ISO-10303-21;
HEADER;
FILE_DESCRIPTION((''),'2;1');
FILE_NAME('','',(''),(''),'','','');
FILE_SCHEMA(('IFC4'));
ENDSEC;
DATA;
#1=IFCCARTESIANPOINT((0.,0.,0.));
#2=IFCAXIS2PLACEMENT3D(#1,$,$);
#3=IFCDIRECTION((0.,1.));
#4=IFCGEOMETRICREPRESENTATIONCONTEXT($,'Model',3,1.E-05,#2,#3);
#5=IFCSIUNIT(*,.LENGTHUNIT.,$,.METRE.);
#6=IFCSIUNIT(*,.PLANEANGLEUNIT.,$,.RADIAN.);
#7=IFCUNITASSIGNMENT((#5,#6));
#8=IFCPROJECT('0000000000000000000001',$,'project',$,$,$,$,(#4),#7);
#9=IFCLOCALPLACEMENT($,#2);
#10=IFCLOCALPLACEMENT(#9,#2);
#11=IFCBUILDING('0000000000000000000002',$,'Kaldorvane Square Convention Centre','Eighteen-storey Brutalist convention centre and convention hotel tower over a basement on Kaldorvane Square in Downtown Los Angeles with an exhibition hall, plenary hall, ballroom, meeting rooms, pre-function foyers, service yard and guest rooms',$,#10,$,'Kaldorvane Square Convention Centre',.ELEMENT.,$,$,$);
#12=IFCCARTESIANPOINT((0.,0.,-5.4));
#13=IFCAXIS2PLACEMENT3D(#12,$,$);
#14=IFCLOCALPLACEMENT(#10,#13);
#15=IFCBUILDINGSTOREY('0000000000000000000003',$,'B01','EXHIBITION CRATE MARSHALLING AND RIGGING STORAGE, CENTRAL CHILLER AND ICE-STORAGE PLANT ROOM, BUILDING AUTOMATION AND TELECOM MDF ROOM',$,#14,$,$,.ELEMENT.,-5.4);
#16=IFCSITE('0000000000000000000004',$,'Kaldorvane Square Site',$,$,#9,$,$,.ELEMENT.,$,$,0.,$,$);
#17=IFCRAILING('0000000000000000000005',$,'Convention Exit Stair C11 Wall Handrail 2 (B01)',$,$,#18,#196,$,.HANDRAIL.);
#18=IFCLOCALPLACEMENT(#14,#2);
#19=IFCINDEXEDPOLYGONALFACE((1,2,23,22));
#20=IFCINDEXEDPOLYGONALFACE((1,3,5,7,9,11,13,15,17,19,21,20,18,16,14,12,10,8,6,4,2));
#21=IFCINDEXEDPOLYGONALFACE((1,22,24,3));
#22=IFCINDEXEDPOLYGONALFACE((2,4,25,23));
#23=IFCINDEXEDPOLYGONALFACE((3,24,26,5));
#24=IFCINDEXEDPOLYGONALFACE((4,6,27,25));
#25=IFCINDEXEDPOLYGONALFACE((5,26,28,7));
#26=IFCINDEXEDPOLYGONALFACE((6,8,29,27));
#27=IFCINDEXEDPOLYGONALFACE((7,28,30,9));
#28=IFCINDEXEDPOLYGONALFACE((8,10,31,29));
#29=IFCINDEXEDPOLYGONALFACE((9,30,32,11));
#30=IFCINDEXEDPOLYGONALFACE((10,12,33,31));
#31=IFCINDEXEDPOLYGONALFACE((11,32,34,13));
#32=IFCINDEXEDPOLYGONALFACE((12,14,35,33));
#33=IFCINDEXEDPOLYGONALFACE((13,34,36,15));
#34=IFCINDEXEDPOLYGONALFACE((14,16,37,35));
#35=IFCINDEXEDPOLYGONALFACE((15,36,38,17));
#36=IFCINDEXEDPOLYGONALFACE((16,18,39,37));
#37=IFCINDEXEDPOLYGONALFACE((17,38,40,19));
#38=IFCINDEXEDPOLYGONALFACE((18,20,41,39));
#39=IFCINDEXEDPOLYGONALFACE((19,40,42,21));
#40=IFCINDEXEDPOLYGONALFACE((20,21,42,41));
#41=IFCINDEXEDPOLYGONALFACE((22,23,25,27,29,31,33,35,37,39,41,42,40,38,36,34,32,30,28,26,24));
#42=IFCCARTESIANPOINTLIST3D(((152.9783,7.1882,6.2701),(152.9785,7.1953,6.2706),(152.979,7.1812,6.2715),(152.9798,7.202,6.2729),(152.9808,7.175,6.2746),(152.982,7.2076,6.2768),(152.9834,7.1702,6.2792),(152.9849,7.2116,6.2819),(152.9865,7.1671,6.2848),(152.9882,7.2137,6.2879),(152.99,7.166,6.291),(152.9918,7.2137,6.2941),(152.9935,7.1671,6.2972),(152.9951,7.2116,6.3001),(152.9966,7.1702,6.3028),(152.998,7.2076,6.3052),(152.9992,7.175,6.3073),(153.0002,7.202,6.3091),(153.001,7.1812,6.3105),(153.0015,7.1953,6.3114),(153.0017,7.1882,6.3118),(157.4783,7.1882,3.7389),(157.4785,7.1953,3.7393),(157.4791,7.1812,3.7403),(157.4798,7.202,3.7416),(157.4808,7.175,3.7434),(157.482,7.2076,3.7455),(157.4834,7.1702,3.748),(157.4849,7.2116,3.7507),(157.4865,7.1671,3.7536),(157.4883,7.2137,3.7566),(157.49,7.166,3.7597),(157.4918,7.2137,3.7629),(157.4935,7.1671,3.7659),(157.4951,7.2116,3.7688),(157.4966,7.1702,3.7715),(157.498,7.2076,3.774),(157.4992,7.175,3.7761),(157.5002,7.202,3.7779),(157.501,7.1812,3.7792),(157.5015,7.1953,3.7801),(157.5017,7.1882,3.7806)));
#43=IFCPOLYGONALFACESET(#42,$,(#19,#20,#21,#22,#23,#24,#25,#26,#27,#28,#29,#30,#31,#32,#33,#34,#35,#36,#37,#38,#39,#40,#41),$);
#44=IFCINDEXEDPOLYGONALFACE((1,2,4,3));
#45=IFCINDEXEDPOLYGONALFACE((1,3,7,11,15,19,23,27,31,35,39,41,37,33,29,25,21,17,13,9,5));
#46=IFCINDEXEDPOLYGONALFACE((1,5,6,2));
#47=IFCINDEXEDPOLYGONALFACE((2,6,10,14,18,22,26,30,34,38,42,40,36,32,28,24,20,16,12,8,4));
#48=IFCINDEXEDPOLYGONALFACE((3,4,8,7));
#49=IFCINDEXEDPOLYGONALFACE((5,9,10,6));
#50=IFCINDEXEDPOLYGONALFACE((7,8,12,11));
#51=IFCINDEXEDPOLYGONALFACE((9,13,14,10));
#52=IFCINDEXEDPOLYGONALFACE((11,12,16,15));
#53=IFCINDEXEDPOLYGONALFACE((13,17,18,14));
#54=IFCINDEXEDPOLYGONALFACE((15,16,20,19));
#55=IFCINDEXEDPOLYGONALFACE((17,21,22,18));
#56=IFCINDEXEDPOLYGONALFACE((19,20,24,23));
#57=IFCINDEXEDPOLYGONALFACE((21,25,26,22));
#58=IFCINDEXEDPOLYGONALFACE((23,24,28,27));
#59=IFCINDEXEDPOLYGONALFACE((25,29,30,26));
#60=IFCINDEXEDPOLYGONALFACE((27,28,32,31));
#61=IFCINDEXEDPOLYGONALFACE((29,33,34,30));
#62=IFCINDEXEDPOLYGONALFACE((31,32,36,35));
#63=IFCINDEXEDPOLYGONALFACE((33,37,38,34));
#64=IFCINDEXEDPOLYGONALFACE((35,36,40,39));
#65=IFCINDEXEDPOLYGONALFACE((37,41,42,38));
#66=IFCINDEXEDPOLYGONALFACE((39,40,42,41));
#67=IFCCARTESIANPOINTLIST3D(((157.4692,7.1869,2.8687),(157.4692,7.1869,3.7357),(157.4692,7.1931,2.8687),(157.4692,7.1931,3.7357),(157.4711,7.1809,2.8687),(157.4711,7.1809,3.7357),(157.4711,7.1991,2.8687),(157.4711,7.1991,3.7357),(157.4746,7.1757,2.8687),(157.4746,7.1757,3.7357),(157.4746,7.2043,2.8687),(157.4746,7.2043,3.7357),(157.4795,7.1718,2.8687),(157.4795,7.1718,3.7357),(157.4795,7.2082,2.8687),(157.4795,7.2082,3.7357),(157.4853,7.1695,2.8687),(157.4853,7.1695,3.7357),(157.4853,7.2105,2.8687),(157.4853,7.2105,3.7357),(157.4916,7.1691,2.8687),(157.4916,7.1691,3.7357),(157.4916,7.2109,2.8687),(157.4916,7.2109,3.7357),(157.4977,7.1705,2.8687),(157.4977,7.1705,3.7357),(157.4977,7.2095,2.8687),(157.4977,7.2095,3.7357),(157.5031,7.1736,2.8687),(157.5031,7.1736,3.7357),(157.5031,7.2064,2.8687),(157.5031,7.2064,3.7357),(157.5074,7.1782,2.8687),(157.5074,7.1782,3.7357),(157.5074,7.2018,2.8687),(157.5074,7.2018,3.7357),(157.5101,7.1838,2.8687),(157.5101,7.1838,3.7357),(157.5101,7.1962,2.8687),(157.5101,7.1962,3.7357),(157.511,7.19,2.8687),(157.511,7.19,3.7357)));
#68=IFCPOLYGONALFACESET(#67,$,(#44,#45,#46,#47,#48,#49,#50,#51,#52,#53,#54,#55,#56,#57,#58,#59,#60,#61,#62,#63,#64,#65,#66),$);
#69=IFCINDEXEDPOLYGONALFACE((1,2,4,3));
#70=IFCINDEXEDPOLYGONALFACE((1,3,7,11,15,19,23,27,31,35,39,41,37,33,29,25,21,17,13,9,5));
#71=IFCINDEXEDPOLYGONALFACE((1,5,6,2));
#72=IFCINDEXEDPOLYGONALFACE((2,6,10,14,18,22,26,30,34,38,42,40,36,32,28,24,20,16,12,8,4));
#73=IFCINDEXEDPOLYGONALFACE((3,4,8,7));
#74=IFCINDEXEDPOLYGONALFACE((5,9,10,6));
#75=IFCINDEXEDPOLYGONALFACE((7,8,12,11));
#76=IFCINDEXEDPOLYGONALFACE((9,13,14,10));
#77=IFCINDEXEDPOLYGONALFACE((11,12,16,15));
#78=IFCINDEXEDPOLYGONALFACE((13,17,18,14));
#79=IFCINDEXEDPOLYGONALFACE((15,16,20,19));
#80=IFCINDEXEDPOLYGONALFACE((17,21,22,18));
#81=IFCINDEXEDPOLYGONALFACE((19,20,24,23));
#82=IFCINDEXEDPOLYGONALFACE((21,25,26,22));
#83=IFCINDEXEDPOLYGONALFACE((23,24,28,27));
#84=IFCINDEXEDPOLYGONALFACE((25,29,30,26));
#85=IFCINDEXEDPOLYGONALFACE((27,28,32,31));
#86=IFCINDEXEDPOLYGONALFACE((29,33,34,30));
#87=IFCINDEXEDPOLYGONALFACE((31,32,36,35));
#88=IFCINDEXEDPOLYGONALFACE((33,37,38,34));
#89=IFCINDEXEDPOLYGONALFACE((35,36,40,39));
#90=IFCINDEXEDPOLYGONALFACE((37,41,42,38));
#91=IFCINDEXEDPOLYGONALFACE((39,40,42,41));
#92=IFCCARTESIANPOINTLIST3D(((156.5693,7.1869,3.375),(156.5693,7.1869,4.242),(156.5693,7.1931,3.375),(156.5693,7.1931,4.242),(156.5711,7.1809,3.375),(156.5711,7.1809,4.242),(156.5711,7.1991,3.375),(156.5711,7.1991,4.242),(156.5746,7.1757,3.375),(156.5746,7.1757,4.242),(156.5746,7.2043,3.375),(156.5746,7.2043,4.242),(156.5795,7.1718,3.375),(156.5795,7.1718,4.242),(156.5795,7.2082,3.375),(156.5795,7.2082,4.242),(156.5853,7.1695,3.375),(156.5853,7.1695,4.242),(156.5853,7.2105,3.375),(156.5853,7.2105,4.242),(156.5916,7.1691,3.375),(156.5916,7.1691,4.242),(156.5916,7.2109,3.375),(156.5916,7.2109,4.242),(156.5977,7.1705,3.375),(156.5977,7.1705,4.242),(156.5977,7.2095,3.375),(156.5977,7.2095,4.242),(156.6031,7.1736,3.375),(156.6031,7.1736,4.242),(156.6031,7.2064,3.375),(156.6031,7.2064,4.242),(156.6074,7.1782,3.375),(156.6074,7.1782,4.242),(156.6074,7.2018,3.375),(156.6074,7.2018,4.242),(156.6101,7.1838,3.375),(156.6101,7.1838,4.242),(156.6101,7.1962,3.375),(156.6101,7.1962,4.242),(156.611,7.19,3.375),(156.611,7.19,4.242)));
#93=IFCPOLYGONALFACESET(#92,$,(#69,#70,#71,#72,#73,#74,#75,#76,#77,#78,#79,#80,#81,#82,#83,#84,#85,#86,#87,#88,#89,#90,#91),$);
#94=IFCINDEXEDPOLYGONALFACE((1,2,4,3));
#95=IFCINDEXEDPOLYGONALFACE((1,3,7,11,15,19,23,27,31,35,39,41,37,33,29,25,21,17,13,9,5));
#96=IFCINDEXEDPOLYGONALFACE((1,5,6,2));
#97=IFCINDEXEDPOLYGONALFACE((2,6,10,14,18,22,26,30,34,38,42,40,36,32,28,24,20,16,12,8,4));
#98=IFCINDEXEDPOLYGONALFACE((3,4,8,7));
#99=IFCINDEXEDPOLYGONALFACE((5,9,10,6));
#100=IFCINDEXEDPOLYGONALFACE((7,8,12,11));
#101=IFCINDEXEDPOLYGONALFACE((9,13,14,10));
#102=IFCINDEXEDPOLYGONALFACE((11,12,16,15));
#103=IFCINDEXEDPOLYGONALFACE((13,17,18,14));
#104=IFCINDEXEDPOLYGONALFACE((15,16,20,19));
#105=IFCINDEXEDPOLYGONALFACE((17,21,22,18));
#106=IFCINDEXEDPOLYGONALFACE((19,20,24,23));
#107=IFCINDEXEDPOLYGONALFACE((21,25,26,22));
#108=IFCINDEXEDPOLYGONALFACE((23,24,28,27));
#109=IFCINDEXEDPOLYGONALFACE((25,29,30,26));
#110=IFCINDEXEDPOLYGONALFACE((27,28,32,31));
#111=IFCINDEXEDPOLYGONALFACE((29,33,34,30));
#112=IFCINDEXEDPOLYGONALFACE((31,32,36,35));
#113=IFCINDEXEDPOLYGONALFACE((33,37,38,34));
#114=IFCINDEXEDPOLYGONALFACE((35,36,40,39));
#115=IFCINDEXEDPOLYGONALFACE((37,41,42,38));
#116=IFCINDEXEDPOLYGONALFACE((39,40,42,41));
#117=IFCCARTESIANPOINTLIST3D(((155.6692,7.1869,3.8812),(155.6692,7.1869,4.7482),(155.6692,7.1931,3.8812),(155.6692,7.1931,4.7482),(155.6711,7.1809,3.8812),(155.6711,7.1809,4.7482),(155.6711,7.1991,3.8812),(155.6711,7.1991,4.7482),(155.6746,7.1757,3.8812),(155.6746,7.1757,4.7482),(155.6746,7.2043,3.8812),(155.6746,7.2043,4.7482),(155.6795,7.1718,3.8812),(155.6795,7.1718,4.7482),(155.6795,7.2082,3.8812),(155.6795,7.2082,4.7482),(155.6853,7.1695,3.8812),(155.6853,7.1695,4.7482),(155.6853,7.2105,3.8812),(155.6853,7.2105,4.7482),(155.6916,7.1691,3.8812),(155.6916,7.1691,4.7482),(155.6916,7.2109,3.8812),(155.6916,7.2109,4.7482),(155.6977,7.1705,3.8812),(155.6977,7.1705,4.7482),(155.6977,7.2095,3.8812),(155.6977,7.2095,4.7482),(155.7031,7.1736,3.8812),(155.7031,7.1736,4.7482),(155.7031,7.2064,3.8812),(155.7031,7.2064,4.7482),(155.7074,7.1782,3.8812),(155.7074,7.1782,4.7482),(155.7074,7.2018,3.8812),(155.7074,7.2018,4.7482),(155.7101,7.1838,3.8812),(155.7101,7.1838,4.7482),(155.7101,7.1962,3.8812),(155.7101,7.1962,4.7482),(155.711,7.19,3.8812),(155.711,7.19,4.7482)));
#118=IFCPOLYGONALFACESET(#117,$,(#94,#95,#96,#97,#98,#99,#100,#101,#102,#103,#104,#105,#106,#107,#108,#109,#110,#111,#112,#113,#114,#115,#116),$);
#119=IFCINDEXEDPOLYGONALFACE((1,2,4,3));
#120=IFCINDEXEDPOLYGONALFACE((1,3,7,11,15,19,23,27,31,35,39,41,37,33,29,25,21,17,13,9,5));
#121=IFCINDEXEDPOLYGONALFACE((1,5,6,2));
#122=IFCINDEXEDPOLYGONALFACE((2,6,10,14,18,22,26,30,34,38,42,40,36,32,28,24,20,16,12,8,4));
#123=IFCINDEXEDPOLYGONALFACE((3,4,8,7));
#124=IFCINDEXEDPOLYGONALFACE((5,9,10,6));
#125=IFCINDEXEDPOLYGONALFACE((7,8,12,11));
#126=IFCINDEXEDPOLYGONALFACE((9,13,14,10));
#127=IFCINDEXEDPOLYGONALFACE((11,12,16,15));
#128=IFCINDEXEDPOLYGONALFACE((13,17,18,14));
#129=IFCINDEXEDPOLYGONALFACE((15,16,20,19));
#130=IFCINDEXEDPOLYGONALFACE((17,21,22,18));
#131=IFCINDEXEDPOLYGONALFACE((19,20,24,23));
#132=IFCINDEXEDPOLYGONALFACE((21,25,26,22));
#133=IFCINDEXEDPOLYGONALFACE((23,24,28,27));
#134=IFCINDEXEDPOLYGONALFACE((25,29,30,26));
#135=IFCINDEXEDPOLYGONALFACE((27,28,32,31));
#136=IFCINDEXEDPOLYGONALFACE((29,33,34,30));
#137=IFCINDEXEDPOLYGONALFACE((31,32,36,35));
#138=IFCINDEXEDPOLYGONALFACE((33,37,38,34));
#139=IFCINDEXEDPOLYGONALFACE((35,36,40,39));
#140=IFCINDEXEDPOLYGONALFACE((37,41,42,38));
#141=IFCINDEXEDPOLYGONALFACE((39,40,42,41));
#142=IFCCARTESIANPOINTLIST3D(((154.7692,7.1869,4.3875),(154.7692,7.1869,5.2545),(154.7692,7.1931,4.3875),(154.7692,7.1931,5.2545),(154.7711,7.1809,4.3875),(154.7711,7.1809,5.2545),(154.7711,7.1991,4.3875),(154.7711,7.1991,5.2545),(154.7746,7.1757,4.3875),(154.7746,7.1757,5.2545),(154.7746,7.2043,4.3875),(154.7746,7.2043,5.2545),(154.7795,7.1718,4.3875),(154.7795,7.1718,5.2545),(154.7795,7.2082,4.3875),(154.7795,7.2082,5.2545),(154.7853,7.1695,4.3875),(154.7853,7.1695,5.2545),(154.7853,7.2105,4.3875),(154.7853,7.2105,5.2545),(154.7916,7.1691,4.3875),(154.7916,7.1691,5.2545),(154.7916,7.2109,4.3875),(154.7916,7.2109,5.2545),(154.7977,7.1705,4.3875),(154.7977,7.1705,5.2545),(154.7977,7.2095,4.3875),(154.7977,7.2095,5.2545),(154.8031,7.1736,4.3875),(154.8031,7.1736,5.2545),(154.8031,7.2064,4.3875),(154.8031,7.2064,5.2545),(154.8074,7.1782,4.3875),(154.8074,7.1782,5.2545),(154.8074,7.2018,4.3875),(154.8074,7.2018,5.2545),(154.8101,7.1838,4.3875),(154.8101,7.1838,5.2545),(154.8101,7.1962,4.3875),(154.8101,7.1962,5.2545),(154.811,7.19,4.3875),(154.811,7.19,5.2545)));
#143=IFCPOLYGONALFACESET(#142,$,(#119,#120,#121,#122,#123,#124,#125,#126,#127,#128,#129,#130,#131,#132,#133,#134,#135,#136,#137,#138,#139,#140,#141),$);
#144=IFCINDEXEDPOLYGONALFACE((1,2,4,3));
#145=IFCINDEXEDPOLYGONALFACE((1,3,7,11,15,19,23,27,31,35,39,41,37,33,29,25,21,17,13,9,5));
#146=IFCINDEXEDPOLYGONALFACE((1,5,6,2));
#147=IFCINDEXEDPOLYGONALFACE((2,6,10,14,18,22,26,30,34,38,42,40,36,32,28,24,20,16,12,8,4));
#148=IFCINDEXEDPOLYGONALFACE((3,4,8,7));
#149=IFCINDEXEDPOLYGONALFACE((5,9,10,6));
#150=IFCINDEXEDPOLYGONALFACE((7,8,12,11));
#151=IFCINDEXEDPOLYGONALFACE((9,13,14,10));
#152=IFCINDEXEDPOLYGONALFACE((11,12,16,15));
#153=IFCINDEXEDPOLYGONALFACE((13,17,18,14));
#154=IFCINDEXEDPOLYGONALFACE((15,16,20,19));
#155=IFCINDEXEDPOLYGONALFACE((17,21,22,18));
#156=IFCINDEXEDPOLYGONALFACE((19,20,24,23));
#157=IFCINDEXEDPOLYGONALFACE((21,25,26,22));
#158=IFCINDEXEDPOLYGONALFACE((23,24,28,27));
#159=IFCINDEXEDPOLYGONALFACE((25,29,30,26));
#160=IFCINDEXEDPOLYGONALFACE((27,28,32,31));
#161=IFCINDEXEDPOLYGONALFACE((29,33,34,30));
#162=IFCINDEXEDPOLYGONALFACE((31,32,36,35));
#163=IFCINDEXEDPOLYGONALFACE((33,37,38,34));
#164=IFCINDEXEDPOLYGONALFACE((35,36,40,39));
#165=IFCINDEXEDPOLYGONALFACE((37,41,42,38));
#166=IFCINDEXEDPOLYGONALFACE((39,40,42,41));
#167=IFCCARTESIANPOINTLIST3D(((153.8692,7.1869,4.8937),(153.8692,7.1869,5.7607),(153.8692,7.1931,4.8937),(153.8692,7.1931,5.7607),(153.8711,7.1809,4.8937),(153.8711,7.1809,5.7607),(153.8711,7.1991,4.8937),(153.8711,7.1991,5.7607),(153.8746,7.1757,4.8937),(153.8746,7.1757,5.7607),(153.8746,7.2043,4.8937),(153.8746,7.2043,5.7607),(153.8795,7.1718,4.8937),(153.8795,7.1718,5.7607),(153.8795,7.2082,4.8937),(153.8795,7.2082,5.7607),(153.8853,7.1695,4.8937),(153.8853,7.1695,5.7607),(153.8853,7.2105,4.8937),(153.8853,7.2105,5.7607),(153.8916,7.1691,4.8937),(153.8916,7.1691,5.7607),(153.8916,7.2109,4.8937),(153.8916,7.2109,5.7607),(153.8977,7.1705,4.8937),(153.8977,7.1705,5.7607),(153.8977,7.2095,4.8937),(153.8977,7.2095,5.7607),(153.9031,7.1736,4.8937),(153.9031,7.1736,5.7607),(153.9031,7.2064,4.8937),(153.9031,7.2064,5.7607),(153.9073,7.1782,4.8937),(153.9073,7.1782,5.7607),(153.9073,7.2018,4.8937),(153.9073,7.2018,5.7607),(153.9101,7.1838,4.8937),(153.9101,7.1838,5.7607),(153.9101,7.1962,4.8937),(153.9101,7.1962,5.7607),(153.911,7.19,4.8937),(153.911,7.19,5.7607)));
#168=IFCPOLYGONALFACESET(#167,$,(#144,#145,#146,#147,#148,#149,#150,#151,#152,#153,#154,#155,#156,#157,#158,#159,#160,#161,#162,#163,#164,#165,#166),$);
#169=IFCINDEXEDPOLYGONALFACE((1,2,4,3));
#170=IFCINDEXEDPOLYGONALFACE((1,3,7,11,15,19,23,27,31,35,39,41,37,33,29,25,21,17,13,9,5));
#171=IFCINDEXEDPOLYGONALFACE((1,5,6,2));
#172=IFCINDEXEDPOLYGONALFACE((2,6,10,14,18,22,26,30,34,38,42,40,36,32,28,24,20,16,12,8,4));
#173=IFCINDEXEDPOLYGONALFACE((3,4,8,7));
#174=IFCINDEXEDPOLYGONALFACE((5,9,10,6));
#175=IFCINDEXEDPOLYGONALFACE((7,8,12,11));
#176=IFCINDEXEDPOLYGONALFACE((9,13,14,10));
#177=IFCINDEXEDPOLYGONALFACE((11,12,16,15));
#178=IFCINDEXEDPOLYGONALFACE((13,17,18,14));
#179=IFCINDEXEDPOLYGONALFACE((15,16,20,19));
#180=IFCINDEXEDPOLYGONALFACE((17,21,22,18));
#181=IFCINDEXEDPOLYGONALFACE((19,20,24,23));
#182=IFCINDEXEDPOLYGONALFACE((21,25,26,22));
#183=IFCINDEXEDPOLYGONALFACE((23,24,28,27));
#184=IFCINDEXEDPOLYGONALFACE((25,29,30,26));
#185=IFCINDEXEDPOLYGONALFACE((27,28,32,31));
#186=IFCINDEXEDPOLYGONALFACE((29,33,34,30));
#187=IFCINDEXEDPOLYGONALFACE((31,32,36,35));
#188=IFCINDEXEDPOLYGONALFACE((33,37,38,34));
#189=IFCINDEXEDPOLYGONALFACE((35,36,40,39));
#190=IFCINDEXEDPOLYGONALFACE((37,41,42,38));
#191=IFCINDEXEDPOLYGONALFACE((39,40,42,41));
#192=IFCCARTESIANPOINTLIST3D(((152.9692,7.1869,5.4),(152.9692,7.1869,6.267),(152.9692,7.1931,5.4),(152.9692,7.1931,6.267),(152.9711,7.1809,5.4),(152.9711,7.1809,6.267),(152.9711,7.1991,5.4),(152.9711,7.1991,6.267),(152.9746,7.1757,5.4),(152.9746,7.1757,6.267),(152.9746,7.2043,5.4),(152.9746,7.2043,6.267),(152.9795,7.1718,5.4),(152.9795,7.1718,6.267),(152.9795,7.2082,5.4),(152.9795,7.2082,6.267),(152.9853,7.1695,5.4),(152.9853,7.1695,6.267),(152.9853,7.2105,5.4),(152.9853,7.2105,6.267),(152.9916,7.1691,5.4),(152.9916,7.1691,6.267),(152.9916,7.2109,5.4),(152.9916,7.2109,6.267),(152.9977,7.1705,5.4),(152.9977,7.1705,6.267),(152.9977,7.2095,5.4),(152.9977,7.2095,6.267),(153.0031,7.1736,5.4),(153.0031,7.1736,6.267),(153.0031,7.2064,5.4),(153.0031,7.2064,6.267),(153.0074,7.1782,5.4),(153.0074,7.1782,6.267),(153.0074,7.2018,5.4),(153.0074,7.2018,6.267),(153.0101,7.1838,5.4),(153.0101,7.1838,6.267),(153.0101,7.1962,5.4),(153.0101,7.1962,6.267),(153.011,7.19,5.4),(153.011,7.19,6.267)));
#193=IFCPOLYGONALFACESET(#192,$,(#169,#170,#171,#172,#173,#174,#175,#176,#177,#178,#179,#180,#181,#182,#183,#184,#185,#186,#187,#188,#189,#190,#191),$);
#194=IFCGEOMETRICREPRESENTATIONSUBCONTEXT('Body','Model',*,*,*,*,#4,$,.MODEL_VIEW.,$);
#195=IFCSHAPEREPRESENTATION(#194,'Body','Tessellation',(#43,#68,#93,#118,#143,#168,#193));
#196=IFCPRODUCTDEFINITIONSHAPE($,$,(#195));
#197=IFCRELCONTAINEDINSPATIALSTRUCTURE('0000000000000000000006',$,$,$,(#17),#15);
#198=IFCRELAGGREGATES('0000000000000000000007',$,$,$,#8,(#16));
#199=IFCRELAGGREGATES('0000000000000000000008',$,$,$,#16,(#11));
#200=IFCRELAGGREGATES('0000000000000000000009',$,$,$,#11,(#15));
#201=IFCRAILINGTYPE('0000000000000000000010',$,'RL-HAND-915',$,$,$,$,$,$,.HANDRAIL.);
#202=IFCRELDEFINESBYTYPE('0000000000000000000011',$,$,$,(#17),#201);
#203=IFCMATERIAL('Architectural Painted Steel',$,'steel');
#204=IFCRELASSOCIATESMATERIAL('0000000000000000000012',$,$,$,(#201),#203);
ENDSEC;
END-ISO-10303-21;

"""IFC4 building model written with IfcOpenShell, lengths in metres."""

from ifc_helpers import new_model, si_unit, direction, frame, origin, origin_2d, place, context, subcontext, project, spatial, circle, extrude, material, type_object, element, save


model = new_model("IFC4")

# Units and contexts
model_context = context("Model", 3, precision=1e-05, world=origin(), true_north=direction((0.0, 1.0)))
body_context = subcontext(model_context, "Body", "Model", "MODEL_VIEW")
ifc_project = project(units=[si_unit("LENGTHUNIT", "METRE"), si_unit("PLANEANGLEUNIT", "RADIAN")], contexts=[model_context])

# Site, building, storey
site_placement = place(None, origin())
site = spatial("IfcSite", under=ifc_project, at=site_placement, Name="Kaldorvane Square Site", CompositionType="ELEMENT", RefElevation=0.0)
building_placement = place(site_placement, origin())
building = spatial("IfcBuilding", under=site, at=building_placement, Name="Kaldorvane Square Convention Centre", Description="Eighteen-storey Brutalist convention centre and convention hotel tower over a basement on Kaldorvane Square in Downtown Los Angeles with an exhibition hall, plenary hall, ballroom, meeting rooms, pre-function foyers, service yard and guest rooms", LongName="Kaldorvane Square Convention Centre", CompositionType="ELEMENT")
storey_placement = place(building_placement, frame((0.0, 0.0, -5.4)))
storey = spatial("IfcBuildingStorey", under=building, at=storey_placement, Name="B01", Description="EXHIBITION CRATE MARSHALLING AND RIGGING STORAGE, CENTRAL CHILLER AND ICE-STORAGE PLANT ROOM, BUILDING AUTOMATION AND TELECOM MDF ROOM", CompositionType="ELEMENT", Elevation=-5.4)

# Railing
ifc_material_1 = material(Name="Architectural Painted Steel", Category="steel")
railing_type_1 = type_object("IfcRailingType", Name="RL-HAND-915", PredefinedType="HANDRAIL", material=ifc_material_1)
railing_1_placement = place(storey_placement, frame((157.49, 7.19, 2.8687)))
element("IfcRailing", 1, at=railing_1_placement, inside=storey, type_object=railing_type_1, Name="Convention Exit Stair C11 Wall Handrail 2 (B01)", PredefinedType="HANDRAIL", context=body_context, shape_type="SweptSolid", body=[
    extrude(circle(Radius=0.024, at=origin_2d()), frame((0.0, 0.0, 0.891), z_axis=(-0.871576, 0.0, 0.490261), x_axis=(0.0, -1.0, 0.0)), (0.0, 0.0, 1.0), 5.1631),
    extrude(circle(Radius=0.021, at=origin_2d()), origin(), (0.0, 0.0, 1.0), 0.867),
    extrude(circle(Radius=0.021, at=origin_2d()), frame((-0.9, 0.0, 0.5063)), (0.0, 0.0, 1.0), 0.867),
    extrude(circle(Radius=0.021, at=origin_2d()), frame((-1.8, 0.0, 1.0125)), (0.0, 0.0, 1.0), 0.867),
    extrude(circle(Radius=0.021, at=origin_2d()), frame((-2.7, 0.0, 1.5188)), (0.0, 0.0, 1.0), 0.867),
    extrude(circle(Radius=0.021, at=origin_2d()), frame((-3.6, 0.0, 2.025)), (0.0, 0.0, 1.0), 0.867),
    extrude(circle(Radius=0.021, at=origin_2d()), frame((-4.5, 0.0, 2.5312)), (0.0, 0.0, 1.0), 0.867),
])

save(model, "model.ifc")
